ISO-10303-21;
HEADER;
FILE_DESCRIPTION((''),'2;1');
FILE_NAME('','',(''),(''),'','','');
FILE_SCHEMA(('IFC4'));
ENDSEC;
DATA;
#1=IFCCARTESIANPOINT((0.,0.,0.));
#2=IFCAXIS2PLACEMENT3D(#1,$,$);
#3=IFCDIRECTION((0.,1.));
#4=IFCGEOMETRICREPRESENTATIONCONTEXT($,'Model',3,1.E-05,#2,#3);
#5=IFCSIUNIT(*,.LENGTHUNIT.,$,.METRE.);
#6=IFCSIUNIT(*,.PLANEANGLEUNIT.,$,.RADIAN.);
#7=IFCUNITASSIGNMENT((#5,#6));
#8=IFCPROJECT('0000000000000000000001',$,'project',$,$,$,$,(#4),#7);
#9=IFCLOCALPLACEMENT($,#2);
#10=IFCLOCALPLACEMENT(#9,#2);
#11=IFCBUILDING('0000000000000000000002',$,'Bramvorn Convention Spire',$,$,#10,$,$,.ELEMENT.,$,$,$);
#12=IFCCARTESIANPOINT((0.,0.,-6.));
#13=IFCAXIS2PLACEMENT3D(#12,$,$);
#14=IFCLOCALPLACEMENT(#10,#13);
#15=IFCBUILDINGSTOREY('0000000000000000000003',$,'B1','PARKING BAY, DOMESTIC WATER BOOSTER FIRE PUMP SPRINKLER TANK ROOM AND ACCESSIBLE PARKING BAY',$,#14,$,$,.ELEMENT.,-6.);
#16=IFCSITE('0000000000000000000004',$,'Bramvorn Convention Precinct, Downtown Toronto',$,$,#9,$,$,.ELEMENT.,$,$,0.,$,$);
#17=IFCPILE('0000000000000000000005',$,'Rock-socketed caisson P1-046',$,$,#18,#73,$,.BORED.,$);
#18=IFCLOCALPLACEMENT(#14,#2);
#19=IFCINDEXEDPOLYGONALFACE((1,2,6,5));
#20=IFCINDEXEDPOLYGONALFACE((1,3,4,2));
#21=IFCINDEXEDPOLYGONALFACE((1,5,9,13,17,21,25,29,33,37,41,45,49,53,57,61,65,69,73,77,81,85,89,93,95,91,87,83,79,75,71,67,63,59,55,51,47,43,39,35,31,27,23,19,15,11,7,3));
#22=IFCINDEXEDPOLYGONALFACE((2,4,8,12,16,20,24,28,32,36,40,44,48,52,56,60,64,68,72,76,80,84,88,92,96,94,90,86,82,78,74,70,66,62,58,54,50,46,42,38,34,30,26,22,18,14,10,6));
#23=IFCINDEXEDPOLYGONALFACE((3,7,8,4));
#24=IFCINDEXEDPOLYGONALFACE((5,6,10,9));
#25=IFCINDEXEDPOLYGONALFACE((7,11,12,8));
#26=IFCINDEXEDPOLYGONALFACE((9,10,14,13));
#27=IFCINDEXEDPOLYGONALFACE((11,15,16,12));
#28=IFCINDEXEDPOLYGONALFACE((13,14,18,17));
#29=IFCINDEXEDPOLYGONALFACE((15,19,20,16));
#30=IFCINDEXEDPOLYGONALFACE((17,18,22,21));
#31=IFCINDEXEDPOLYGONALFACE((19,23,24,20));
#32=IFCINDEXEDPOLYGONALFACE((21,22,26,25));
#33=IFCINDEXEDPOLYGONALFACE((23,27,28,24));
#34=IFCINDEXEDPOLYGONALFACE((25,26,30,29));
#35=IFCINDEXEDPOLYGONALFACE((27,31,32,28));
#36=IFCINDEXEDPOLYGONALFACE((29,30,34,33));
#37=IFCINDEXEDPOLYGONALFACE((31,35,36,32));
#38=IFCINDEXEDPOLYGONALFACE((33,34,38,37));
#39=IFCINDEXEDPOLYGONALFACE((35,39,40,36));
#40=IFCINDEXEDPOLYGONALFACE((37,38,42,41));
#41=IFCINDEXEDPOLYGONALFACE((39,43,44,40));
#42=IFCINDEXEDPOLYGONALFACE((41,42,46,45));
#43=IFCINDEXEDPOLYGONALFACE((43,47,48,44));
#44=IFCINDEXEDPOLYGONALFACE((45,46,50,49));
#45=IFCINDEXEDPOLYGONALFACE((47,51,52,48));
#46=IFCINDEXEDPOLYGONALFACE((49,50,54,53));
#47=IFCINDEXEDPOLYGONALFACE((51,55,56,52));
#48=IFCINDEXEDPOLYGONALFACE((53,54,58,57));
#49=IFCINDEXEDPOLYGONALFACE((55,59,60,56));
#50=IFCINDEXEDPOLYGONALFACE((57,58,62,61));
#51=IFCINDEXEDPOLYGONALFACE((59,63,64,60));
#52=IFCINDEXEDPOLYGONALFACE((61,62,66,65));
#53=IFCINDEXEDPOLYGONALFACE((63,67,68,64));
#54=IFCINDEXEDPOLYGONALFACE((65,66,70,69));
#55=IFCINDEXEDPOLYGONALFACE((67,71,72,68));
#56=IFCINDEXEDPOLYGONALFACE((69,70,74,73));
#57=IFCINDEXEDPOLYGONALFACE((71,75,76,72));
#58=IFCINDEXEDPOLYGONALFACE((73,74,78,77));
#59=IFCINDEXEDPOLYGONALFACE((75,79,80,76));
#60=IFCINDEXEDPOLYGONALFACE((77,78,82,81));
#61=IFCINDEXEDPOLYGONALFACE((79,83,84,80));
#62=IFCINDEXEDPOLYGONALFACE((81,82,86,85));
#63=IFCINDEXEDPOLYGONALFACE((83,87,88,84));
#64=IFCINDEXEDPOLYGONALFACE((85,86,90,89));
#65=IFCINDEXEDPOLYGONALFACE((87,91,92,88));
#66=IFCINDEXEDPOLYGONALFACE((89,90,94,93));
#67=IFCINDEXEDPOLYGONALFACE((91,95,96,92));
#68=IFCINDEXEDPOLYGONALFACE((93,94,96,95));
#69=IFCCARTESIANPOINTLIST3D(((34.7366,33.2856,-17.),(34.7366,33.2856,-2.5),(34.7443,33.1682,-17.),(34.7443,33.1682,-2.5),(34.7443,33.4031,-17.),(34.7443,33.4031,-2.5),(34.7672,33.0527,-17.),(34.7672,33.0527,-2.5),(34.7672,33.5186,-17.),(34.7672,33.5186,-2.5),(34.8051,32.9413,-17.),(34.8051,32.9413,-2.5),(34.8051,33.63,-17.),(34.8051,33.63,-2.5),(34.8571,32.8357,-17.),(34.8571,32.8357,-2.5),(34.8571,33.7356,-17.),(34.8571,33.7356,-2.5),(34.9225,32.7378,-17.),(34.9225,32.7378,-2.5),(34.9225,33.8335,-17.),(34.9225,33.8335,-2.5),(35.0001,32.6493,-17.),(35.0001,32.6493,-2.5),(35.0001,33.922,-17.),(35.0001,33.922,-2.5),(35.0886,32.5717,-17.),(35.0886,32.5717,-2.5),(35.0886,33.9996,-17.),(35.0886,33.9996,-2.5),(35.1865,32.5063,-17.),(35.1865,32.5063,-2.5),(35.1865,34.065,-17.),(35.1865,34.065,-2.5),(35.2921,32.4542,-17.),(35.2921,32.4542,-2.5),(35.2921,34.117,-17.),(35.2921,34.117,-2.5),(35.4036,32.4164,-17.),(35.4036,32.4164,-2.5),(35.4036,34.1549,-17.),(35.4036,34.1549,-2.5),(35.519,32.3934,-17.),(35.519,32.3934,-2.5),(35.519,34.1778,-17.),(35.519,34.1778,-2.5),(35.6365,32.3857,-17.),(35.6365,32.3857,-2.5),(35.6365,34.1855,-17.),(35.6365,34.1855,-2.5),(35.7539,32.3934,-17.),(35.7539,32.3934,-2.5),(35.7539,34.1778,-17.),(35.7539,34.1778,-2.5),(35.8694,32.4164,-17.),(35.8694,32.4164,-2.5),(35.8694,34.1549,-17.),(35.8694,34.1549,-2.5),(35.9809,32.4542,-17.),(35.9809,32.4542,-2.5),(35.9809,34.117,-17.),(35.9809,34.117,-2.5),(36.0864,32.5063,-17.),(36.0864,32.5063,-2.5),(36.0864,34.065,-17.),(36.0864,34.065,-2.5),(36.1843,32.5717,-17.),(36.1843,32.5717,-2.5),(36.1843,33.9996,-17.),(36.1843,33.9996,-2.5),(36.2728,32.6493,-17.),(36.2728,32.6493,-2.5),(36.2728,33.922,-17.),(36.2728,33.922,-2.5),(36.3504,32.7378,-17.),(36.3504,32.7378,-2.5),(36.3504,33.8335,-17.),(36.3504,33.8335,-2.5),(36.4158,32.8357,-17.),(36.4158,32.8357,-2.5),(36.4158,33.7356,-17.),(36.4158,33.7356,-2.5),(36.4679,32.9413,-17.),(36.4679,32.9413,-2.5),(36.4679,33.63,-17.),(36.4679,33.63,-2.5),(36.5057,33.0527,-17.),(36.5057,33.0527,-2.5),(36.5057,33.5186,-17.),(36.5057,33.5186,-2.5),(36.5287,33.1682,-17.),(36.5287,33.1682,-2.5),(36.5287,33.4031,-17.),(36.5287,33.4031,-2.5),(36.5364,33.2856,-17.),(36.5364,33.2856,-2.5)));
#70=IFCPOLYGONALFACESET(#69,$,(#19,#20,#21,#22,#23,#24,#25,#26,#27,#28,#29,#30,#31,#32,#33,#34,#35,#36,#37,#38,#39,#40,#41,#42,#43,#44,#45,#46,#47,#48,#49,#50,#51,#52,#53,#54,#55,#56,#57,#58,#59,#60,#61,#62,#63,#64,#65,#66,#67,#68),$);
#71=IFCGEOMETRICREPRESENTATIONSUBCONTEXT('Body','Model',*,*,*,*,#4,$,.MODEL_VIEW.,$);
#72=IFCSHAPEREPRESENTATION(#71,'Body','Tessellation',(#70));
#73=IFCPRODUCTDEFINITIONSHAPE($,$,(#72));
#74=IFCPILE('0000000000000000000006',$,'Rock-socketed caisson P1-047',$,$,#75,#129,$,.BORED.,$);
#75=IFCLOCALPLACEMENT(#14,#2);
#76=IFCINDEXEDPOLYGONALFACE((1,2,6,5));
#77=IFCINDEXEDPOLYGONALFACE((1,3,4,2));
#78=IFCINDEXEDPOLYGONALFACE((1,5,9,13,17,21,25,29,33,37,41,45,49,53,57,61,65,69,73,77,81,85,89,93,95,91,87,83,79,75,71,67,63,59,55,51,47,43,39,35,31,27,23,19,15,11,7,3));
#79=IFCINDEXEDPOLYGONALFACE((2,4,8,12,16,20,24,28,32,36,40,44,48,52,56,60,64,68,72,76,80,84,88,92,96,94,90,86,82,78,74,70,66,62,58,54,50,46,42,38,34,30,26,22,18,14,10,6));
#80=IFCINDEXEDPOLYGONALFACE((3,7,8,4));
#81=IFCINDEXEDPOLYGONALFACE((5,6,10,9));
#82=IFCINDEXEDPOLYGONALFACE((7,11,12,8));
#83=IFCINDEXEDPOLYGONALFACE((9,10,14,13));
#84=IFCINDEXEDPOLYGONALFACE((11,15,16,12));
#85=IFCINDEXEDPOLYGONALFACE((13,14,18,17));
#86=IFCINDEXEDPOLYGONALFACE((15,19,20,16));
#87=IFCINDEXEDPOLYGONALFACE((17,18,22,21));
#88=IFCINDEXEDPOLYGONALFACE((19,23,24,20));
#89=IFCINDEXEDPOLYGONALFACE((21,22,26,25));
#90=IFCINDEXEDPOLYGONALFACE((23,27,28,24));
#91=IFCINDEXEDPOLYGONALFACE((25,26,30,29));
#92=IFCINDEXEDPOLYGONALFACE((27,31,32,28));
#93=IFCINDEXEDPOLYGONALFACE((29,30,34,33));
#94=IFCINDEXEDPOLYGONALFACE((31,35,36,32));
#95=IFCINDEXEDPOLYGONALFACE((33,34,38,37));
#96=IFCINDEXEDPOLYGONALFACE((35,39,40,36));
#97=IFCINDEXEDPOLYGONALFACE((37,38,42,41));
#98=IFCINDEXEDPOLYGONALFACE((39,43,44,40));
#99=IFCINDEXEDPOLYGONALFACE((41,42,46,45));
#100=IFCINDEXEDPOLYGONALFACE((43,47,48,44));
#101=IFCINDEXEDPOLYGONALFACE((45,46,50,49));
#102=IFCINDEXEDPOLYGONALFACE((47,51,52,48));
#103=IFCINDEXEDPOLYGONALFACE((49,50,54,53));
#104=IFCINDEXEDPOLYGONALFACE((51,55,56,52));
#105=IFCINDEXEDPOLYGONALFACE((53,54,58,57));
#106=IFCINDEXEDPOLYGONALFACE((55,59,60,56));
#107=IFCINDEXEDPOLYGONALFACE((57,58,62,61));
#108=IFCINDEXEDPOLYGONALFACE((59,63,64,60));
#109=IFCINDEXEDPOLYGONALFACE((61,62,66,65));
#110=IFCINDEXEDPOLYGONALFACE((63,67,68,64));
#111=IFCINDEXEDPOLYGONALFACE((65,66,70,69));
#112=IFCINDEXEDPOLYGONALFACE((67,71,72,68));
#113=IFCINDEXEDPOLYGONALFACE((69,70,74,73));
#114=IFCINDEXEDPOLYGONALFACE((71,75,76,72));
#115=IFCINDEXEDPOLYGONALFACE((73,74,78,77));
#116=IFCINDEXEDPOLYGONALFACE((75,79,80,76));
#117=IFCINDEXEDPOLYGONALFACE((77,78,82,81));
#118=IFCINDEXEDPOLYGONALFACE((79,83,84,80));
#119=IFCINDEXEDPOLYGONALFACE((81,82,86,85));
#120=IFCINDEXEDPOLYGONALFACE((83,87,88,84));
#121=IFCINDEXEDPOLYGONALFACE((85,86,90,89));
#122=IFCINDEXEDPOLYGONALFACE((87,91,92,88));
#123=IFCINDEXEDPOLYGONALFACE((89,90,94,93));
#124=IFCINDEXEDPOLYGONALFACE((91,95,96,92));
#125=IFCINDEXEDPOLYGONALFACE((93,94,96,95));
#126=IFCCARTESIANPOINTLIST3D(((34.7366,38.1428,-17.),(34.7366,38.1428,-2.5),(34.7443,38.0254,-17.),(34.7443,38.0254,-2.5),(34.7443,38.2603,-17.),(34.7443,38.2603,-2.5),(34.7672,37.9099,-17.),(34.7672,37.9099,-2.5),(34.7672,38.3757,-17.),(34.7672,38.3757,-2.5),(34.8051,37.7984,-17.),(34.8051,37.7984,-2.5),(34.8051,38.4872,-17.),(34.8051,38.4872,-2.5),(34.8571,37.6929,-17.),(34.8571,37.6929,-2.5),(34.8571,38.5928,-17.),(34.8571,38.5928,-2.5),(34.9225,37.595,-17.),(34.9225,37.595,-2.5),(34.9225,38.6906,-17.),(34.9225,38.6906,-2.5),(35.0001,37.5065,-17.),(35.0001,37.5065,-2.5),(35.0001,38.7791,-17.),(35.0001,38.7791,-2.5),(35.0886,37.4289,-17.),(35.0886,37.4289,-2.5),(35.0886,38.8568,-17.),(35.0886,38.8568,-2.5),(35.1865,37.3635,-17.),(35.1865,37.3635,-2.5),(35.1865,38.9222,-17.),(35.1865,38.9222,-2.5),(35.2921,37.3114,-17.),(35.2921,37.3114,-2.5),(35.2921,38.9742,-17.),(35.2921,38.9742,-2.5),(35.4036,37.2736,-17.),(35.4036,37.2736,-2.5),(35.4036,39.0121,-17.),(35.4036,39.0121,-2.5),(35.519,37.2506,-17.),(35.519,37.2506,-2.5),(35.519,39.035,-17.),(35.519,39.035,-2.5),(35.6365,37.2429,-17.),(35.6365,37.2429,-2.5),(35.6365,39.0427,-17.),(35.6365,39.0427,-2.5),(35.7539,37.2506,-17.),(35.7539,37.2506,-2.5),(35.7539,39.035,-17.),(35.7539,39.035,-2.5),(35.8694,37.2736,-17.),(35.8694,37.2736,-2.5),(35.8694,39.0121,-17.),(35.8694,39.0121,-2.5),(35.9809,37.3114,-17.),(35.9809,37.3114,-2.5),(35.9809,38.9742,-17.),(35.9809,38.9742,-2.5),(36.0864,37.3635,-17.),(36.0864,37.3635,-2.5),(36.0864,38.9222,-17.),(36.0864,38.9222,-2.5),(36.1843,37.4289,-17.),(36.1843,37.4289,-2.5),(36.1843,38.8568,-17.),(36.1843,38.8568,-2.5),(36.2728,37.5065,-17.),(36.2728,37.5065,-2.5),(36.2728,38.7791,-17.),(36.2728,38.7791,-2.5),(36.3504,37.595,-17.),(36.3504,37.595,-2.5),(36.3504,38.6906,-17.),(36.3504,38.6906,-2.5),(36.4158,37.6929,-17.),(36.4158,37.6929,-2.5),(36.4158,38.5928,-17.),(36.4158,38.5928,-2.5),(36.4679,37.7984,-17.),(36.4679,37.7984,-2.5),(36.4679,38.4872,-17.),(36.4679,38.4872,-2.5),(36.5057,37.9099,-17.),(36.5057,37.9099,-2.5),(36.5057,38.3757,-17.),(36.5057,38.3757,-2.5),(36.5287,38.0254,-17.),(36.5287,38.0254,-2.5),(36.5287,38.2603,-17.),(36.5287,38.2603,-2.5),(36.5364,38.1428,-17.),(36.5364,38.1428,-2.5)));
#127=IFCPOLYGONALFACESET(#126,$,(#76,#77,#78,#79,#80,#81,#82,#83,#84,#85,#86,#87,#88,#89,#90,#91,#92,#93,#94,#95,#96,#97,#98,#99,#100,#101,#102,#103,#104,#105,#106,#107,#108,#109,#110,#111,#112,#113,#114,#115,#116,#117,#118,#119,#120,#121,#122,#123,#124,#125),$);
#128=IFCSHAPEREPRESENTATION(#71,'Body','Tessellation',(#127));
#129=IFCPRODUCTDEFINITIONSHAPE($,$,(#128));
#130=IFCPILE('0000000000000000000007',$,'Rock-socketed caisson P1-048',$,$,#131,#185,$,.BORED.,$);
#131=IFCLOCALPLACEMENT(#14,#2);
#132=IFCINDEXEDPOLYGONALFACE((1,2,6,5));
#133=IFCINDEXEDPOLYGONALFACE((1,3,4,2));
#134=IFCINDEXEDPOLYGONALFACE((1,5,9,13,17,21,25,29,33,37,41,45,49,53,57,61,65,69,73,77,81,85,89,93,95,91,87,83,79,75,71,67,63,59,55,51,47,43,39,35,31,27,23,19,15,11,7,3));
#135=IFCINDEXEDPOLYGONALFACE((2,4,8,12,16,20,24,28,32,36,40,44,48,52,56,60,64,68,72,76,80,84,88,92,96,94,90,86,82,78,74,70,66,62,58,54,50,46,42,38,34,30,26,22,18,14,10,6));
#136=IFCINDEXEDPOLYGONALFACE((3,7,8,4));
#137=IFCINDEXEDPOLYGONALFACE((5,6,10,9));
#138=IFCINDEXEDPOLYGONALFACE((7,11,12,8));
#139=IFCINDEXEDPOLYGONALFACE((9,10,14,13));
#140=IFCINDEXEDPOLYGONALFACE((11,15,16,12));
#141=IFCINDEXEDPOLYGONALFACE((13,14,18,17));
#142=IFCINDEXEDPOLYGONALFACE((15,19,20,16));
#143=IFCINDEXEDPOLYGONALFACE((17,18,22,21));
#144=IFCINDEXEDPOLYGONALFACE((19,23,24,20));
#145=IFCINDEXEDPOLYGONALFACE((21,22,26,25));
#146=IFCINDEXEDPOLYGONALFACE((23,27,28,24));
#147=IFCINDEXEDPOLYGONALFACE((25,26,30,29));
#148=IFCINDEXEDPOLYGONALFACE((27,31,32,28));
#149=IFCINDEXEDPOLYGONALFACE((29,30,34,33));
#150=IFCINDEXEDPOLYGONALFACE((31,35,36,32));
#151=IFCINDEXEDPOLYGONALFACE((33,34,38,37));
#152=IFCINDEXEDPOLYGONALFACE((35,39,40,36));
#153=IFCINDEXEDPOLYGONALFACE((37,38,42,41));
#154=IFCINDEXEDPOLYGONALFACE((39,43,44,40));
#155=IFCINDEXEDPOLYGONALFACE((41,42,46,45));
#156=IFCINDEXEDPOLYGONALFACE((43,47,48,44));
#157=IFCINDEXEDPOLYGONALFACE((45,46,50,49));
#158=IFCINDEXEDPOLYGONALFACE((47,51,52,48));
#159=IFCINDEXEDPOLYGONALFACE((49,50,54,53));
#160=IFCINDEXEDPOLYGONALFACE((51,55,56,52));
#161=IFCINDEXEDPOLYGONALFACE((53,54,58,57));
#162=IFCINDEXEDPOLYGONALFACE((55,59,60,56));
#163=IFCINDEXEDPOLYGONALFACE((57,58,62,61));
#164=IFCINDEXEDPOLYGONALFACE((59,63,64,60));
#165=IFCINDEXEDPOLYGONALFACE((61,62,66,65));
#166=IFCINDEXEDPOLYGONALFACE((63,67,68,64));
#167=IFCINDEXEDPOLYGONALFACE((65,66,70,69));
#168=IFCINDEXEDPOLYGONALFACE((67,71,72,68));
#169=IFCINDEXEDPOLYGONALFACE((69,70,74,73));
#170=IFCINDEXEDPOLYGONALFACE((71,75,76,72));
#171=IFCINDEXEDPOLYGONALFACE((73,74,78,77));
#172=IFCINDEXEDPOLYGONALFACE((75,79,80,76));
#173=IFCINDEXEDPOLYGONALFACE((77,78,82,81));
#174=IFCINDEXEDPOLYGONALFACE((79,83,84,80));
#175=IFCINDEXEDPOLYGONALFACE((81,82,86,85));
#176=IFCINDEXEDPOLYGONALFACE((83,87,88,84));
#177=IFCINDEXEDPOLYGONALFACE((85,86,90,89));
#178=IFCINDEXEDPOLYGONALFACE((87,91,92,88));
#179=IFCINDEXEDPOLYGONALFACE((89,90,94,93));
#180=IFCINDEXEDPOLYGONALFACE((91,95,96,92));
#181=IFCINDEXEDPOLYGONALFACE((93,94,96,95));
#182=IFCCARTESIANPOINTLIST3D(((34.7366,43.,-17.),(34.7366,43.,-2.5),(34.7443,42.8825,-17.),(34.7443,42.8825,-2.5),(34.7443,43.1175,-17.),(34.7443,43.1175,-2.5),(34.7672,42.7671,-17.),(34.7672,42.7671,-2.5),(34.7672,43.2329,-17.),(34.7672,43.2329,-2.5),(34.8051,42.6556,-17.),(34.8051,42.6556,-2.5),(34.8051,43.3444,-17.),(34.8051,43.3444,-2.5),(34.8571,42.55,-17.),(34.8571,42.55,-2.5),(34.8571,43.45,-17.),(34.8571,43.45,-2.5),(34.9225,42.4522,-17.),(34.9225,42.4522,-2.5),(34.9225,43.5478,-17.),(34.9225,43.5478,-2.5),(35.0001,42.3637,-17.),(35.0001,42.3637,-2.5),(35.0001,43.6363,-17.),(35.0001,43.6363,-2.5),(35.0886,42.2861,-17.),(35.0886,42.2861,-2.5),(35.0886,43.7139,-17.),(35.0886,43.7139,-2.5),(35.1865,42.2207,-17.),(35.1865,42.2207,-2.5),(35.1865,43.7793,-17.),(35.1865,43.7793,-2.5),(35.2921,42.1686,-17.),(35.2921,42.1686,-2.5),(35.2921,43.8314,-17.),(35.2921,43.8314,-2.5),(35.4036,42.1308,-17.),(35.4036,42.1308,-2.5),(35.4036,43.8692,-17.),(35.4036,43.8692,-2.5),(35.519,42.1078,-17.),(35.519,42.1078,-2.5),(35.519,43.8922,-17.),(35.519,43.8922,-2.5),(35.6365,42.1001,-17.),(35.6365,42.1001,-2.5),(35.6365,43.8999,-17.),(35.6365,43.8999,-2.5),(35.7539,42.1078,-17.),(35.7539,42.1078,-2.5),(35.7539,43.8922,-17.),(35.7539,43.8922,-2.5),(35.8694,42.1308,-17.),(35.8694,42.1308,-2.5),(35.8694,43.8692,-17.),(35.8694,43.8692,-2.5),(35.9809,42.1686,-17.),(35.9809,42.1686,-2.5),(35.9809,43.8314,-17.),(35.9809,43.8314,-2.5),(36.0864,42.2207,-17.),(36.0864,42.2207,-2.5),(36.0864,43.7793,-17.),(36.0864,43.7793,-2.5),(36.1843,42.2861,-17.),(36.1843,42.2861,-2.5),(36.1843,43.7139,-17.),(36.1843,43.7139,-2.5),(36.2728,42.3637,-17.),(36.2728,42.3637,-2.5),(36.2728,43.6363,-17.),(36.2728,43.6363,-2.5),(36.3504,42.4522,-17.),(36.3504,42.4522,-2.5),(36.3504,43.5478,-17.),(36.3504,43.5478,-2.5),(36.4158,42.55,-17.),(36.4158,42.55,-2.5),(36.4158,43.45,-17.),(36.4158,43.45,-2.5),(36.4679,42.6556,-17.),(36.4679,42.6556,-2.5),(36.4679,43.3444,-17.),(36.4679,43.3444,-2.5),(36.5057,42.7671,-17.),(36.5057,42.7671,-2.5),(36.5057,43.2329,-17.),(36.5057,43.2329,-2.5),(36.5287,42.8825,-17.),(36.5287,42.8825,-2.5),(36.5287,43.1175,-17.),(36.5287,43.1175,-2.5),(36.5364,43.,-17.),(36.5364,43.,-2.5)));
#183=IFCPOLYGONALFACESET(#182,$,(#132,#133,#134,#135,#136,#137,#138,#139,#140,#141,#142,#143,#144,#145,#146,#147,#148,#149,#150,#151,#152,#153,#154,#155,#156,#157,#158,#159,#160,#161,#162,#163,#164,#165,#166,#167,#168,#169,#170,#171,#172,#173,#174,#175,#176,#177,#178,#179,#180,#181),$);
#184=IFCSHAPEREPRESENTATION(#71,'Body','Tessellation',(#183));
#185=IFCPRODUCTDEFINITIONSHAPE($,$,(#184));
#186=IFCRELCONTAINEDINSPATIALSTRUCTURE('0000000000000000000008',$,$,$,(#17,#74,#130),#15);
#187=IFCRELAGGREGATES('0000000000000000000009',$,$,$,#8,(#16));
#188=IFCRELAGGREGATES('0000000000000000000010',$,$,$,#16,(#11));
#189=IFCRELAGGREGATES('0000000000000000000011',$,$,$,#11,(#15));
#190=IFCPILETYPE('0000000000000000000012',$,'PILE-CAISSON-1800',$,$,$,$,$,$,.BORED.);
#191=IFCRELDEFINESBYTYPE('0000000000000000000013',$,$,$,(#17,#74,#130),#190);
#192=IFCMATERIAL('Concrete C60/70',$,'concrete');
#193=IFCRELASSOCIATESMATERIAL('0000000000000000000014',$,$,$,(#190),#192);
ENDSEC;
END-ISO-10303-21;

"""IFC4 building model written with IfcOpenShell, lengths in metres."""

from ifc_helpers import new_model, si_unit, direction, frame, origin, origin_2d, place, context, subcontext, project, spatial, circle, extrude, material, material_profile, profile_set, type_object, element, save


model = new_model("IFC4")

# Units and contexts
model_context = context("Model", 3, precision=1e-05, world=origin(), true_north=direction((0.0, 1.0)))
body_context = subcontext(model_context, "Body", "Model", "MODEL_VIEW")
ifc_project = project(units=[si_unit("LENGTHUNIT", "METRE"), si_unit("PLANEANGLEUNIT", "RADIAN")], contexts=[model_context])

# Site, building, storey
site_placement = place(None, origin())
site = spatial("IfcSite", under=ifc_project, at=site_placement, Name="Bramvorn Convention Precinct, Downtown Toronto", CompositionType="ELEMENT", RefElevation=0.0)
building_placement = place(site_placement, origin())
building = spatial("IfcBuilding", under=site, at=building_placement, Name="Bramvorn Convention Spire", CompositionType="ELEMENT")
storey_placement = place(building_placement, frame((0.0, 0.0, -6.0)))
storey = spatial("IfcBuildingStorey", under=building, at=storey_placement, Name="B1", Description="PARKING BAY, DOMESTIC WATER BOOSTER FIRE PUMP SPRINKLER TANK ROOM AND ACCESSIBLE PARKING BAY", CompositionType="ELEMENT", Elevation=-6.0)

# Shared definitions
ifc_material_1 = material(Name="Concrete C60/70", Category="concrete")

# Piles
ifc_material_profile_1 = material_profile(ifc_material_1, circle(Radius=0.8999, at=origin_2d()))
ifc_profile_set_1 = profile_set([ifc_material_profile_1], Name="Concrete C60/70 - CAISSON1800")
pile_type_1 = type_object("IfcPileType", Name="PILE-CAISSON-1800", PredefinedType="BORED", material=ifc_profile_set_1)
for number, where, z_axis, x_axis, name in (
    (1, (35.6365, 33.2856, -2.5), (0.0, 0.0, -1.0), (1.0, 0.0, 0.0), "Rock-socketed caisson P1-046"),
    (2, (35.6365, 38.1428, -2.5), (0.0, 0.0, -1.0), (1.0, 0.0, 0.0), "Rock-socketed caisson P1-047"),
    (3, (35.6365, 43.0, -2.5), (0.0, 0.0, -1.0), (1.0, 0.0, 0.0), "Rock-socketed caisson P1-048"),
):
    element("IfcPile", number, at=place(storey_placement, frame(where, z_axis=z_axis, x_axis=x_axis)), inside=storey, type_object=pile_type_1, Name=name, PredefinedType="BORED", context=body_context, shape_type="SweptSolid", body=[
        extrude(circle(Radius=0.8999, at=origin_2d()), origin(), (0.0, 0.0, 1.0), 14.5),
    ])

save(model, "model.ifc")
